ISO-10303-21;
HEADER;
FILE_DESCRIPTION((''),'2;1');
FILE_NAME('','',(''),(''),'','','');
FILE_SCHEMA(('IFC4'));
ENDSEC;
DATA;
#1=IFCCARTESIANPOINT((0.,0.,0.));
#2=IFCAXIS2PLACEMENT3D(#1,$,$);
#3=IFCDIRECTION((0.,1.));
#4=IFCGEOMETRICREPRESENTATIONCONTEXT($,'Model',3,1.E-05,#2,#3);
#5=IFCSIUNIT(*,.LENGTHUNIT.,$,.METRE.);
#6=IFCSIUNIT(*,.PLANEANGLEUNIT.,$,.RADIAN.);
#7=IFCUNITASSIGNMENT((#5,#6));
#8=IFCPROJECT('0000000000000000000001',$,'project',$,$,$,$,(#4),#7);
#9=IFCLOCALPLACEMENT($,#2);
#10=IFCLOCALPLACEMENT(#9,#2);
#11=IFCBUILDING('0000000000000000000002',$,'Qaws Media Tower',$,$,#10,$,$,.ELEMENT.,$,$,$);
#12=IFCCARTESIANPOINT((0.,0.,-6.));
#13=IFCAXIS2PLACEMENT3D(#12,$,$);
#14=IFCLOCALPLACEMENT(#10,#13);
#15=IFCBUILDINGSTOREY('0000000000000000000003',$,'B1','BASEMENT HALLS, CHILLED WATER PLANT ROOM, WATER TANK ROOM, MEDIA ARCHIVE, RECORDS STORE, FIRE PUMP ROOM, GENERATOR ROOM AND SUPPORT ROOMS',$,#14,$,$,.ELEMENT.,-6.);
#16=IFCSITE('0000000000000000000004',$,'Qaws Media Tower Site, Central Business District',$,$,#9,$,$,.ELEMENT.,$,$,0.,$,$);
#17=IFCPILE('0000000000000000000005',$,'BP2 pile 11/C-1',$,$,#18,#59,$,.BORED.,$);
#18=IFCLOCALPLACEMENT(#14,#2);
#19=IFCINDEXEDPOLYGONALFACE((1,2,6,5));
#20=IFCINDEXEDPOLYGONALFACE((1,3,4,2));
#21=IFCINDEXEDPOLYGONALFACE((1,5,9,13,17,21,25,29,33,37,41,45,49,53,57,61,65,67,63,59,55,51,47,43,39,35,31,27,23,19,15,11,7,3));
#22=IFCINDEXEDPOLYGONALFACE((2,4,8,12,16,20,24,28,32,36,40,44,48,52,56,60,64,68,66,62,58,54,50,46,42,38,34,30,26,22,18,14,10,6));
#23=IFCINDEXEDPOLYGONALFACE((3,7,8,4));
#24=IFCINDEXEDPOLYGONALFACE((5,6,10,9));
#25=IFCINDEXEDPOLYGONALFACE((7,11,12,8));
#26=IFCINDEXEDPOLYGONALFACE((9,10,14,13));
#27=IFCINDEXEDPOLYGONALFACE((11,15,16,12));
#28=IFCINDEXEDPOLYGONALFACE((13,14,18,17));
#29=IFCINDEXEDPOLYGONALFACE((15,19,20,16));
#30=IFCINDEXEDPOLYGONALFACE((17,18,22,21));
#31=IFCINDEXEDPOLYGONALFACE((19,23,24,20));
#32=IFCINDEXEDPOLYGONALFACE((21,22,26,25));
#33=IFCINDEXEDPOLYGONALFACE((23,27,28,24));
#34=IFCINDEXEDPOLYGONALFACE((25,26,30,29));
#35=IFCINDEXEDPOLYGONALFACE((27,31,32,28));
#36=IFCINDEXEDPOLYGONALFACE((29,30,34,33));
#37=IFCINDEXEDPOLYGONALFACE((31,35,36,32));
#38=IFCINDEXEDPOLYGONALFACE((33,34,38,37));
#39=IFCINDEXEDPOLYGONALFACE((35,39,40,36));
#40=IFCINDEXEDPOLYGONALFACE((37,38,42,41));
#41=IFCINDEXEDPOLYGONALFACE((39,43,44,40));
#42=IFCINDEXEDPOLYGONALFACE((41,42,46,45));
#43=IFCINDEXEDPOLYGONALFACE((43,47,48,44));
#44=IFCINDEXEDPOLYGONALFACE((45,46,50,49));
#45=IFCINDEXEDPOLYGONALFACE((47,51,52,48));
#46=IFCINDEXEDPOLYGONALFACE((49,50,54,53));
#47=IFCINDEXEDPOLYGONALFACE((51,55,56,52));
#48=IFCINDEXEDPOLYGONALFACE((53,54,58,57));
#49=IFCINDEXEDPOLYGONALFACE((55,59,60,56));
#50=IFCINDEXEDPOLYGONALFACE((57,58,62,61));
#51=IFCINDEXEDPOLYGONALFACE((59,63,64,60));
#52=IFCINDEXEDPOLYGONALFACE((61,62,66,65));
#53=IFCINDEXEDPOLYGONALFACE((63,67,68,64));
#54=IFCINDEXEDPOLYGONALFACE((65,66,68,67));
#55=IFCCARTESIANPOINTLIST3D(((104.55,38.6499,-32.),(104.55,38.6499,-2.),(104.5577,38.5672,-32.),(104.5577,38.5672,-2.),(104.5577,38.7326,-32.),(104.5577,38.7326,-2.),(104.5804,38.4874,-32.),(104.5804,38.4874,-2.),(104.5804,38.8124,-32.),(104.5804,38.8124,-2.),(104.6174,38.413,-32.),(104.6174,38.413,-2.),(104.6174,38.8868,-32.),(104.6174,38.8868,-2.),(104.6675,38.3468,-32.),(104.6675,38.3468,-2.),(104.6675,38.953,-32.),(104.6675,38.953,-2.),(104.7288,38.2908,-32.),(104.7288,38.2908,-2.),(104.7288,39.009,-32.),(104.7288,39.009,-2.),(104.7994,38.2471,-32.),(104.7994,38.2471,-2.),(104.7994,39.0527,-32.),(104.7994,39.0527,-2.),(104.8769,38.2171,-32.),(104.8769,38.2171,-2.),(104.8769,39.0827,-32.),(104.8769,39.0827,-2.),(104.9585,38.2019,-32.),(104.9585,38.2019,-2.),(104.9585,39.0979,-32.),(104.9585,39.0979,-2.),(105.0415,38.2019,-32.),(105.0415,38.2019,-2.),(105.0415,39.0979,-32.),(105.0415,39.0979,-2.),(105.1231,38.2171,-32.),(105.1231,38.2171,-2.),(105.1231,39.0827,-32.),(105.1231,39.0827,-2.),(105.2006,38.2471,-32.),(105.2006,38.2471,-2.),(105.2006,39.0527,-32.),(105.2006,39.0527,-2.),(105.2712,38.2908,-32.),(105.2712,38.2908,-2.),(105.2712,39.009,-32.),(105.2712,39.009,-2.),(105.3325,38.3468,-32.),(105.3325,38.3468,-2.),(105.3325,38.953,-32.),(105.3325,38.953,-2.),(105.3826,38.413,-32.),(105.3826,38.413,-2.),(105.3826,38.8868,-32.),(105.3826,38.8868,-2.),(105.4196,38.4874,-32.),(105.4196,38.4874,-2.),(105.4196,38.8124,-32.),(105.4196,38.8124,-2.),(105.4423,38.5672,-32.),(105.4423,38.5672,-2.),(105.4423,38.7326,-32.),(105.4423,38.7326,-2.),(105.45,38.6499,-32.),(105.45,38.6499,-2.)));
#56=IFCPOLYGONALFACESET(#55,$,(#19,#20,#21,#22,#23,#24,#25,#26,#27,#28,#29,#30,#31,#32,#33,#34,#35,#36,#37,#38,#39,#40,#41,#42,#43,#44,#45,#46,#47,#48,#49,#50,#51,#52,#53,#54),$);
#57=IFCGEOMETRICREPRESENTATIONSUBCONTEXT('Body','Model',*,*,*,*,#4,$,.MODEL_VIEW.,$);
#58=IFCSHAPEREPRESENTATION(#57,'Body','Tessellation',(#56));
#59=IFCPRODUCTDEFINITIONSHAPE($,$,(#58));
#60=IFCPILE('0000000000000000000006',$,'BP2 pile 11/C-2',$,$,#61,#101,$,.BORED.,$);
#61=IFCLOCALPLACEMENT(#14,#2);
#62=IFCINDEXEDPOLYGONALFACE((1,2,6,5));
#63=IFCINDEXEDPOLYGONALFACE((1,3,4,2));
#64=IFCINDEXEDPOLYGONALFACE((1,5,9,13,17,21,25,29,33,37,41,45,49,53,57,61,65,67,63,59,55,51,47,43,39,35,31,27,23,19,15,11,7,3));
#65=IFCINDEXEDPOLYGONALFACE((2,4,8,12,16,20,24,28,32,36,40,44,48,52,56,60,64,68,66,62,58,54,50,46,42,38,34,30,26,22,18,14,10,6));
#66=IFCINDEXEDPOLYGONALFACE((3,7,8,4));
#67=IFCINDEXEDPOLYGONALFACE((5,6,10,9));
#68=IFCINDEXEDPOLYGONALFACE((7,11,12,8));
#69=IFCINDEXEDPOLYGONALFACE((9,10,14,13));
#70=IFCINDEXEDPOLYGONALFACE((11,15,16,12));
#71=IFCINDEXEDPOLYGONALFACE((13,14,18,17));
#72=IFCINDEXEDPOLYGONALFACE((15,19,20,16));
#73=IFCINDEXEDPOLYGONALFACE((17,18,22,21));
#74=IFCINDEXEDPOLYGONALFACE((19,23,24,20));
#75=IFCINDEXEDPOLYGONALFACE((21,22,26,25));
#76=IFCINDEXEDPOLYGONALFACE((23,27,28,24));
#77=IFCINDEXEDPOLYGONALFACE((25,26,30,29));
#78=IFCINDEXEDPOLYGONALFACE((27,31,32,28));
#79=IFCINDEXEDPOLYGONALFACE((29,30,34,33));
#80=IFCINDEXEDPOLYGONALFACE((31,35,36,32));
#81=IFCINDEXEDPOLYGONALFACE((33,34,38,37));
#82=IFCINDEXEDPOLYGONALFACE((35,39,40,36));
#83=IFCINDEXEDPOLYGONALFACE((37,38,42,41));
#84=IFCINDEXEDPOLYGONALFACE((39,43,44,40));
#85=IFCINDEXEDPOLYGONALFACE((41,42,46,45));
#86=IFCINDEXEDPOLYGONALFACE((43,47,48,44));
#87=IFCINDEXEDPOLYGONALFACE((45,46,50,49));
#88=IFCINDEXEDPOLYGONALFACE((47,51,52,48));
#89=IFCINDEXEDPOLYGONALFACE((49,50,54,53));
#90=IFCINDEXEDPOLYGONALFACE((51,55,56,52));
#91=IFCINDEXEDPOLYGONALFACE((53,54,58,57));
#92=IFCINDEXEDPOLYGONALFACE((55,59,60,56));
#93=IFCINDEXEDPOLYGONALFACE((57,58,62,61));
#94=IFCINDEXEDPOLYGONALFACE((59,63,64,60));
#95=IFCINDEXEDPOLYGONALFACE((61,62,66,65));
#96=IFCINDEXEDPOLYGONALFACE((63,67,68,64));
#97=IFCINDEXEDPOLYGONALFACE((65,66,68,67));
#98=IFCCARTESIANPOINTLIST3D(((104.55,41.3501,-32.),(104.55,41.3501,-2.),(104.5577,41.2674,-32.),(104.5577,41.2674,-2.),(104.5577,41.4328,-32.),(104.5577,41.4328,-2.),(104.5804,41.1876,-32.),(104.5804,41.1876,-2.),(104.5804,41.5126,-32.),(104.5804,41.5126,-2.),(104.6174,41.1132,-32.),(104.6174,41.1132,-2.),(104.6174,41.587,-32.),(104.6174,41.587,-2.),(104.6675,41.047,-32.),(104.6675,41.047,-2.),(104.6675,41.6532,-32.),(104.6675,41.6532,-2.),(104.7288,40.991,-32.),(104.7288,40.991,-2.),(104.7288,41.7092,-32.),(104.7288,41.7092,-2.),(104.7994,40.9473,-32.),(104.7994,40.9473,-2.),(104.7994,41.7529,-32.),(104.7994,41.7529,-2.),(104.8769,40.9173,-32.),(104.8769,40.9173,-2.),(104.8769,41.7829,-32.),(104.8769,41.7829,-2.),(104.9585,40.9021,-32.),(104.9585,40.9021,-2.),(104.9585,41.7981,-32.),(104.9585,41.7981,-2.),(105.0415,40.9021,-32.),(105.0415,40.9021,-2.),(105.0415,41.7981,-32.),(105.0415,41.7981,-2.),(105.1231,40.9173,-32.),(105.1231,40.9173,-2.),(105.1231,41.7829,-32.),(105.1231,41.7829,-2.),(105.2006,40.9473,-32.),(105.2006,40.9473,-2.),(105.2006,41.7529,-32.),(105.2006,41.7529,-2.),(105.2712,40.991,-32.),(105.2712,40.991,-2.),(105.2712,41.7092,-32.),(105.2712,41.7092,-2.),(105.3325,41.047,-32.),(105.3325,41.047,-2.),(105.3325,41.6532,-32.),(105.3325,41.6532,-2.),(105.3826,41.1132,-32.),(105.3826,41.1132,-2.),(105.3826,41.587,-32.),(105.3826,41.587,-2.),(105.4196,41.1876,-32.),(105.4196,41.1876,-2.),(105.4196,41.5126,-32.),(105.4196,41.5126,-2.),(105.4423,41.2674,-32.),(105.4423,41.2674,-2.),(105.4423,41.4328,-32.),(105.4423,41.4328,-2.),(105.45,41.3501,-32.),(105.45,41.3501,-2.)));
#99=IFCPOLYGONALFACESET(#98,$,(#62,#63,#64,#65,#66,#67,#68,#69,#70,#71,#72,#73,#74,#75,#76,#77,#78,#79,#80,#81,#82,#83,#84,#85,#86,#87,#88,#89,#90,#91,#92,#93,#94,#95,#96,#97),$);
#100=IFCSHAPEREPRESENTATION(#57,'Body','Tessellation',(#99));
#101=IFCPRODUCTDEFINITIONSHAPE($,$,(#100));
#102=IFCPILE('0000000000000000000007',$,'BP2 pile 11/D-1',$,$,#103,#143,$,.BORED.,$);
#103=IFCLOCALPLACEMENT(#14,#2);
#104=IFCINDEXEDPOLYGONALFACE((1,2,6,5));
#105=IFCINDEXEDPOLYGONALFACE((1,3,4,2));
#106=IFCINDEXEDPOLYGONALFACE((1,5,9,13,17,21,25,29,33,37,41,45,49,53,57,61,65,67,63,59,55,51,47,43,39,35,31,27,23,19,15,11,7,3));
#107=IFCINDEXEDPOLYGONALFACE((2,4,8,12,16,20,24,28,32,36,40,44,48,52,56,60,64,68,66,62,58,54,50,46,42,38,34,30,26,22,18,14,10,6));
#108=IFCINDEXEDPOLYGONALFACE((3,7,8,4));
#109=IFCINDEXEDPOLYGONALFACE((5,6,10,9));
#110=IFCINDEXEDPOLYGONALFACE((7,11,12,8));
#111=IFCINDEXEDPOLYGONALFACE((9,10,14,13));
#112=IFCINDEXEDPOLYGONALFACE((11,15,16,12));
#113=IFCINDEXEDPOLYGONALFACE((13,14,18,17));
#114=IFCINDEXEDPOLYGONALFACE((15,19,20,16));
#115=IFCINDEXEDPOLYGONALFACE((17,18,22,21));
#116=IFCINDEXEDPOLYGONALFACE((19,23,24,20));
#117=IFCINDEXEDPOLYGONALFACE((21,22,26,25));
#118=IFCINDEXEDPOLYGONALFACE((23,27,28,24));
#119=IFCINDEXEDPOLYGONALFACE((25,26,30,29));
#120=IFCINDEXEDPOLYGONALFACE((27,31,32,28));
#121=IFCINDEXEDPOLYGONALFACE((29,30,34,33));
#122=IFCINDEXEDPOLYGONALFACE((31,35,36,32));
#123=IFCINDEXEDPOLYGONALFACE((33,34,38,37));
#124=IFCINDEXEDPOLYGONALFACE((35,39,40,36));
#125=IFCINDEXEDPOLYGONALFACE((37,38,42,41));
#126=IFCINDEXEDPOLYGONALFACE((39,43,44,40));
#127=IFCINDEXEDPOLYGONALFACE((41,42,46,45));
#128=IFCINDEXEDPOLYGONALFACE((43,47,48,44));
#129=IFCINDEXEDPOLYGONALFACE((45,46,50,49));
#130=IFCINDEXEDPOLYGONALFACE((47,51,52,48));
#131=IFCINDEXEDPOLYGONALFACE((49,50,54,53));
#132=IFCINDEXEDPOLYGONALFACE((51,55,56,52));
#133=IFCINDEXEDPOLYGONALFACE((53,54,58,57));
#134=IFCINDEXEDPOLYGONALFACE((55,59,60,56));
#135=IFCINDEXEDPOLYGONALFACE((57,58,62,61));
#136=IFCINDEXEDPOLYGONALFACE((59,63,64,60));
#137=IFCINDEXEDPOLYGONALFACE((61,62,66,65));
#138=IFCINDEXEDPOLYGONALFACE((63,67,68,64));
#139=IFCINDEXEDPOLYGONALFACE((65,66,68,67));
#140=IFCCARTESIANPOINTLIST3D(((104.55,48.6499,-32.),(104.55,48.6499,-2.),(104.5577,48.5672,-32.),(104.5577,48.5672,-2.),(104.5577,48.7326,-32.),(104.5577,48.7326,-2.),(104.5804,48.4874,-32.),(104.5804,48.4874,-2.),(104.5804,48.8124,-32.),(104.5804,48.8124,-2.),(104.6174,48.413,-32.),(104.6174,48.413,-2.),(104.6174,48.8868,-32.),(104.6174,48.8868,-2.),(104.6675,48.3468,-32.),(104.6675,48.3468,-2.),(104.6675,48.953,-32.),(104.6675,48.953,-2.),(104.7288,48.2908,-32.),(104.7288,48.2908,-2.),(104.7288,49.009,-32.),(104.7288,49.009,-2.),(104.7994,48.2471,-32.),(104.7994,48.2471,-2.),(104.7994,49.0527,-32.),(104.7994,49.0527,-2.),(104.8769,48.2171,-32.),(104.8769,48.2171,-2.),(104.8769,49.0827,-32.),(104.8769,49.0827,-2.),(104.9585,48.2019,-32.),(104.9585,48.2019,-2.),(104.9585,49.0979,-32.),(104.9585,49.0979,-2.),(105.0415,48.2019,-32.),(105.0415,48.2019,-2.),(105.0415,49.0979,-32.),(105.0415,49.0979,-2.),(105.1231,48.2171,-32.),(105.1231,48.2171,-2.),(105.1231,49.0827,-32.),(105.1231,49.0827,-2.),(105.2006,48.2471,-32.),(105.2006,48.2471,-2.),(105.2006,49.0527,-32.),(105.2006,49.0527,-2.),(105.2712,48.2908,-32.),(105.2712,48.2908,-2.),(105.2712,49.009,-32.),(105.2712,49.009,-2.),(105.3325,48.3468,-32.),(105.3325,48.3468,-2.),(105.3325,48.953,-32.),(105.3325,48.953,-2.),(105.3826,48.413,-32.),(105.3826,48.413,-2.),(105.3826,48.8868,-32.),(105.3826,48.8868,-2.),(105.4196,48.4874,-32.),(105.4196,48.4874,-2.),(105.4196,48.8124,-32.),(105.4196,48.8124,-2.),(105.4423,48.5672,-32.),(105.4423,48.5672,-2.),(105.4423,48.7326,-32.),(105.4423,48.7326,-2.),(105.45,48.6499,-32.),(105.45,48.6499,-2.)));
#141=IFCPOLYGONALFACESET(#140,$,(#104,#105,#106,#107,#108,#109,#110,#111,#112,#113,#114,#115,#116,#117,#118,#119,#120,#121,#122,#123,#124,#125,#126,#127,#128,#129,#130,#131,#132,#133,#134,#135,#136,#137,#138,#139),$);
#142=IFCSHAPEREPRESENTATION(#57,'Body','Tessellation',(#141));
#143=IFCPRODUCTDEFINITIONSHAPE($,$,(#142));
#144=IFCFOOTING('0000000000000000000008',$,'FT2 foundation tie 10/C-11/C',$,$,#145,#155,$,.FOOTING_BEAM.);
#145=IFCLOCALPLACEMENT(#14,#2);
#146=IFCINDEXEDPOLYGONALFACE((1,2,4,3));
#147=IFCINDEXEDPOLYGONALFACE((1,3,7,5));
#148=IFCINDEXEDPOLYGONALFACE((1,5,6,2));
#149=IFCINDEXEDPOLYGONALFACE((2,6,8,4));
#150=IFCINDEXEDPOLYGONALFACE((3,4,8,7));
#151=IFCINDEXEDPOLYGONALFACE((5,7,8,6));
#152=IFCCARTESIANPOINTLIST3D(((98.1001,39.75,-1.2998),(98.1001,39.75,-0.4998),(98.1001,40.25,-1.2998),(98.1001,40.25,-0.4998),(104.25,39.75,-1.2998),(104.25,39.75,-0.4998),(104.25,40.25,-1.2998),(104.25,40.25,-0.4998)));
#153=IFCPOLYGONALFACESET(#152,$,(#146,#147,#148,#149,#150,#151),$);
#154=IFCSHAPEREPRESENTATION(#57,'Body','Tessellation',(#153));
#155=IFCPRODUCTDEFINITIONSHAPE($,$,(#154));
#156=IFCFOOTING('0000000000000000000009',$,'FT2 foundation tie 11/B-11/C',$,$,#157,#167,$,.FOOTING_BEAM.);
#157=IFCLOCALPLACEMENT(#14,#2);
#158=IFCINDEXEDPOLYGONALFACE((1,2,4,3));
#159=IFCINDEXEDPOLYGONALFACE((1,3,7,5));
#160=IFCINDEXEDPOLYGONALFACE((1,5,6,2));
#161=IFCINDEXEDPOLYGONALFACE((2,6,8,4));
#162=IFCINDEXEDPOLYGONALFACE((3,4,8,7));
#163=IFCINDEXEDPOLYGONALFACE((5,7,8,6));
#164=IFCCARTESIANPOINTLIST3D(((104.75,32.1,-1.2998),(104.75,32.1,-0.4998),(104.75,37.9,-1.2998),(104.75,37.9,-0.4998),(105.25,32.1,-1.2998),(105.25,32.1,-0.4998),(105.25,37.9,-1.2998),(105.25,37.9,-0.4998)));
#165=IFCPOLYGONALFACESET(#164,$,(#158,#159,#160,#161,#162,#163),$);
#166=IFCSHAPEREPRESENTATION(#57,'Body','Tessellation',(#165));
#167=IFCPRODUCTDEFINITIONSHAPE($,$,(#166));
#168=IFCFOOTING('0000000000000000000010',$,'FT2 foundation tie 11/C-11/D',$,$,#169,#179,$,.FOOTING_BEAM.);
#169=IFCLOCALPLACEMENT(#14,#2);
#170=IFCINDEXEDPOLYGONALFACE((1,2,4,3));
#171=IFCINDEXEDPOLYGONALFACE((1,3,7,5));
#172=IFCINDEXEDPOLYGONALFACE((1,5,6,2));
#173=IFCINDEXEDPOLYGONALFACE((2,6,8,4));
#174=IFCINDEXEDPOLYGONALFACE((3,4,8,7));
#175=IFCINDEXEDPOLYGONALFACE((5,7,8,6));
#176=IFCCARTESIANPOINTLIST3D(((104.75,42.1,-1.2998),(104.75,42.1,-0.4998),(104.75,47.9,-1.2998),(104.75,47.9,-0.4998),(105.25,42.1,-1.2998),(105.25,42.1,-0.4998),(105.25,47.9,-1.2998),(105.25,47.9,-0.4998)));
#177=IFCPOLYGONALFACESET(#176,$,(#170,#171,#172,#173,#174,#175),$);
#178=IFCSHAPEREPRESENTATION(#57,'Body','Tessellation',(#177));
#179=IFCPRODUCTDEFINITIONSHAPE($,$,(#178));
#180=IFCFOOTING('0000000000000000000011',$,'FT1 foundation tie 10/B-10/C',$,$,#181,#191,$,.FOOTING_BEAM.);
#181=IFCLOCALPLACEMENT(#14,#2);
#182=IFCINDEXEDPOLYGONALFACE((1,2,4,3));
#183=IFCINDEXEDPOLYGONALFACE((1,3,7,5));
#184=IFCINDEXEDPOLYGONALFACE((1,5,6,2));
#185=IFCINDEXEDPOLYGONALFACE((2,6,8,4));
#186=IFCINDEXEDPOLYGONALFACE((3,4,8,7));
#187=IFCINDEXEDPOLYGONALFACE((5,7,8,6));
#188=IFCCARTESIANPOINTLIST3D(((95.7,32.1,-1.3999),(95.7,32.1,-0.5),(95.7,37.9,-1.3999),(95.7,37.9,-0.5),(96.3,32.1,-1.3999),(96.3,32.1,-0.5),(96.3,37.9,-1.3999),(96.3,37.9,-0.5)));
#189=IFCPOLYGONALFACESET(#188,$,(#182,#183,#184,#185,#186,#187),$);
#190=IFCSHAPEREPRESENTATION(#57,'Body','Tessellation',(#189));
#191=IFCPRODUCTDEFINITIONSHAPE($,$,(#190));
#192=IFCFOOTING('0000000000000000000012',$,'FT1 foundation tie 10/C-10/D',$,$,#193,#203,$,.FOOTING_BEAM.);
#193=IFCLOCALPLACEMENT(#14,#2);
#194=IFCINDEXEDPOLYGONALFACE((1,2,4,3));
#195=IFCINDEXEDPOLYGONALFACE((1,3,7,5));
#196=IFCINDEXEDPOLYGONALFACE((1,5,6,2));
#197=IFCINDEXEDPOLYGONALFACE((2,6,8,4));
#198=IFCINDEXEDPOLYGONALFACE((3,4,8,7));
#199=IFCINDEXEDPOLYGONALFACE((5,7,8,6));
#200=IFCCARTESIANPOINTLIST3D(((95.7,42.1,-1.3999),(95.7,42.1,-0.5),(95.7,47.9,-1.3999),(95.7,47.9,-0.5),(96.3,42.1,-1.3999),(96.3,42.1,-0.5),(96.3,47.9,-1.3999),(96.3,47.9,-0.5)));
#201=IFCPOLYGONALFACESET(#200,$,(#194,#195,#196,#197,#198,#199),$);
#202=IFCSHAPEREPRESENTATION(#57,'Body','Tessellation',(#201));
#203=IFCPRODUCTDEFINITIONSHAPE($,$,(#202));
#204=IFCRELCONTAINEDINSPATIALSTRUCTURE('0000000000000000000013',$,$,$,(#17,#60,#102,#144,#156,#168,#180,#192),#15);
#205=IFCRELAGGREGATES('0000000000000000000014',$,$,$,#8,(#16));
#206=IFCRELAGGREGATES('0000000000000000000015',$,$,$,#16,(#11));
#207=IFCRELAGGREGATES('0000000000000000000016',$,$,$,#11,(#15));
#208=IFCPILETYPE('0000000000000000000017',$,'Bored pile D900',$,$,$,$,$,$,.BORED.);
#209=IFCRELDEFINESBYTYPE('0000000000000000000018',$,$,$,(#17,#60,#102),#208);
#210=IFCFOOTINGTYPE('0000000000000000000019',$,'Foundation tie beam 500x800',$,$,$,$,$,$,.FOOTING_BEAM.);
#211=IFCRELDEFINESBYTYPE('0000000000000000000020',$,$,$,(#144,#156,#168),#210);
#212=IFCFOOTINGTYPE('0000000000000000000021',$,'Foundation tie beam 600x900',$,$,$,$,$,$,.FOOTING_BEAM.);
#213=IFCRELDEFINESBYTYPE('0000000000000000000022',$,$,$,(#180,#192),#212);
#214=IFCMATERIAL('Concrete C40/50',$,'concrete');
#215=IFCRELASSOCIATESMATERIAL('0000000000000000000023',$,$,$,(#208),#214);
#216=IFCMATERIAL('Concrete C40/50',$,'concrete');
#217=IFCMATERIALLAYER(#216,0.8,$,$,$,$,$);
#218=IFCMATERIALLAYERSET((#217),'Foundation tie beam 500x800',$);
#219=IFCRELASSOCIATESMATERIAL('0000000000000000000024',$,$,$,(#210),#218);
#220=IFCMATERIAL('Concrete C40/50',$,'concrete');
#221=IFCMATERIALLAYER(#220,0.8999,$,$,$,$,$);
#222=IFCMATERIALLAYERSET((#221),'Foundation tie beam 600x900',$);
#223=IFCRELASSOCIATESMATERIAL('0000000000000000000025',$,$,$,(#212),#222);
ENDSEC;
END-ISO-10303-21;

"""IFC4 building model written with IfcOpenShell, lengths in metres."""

from ifc_helpers import new_model, si_unit, direction, frame, origin, origin_2d, place, context, subcontext, project, spatial, rectangle, circle, extrude, material, layer, layer_set, material_profile, profile_set, type_object, element, save


model = new_model("IFC4")

# Units and contexts
model_context = context("Model", 3, precision=1e-05, world=origin(), true_north=direction((0.0, 1.0)))
body_context = subcontext(model_context, "Body", "Model", "MODEL_VIEW")
ifc_project = project(units=[si_unit("LENGTHUNIT", "METRE"), si_unit("PLANEANGLEUNIT", "RADIAN")], contexts=[model_context])

# Site, building, storey
site_placement = place(None, origin())
site = spatial("IfcSite", under=ifc_project, at=site_placement, Name="Qaws Media Tower Site, Central Business District", CompositionType="ELEMENT", RefElevation=0.0)
building_placement = place(site_placement, origin())
building = spatial("IfcBuilding", under=site, at=building_placement, Name="Qaws Media Tower", CompositionType="ELEMENT")
storey_placement = place(building_placement, frame((0.0, 0.0, -6.0)))
storey = spatial("IfcBuildingStorey", under=building, at=storey_placement, Name="B1", Description="BASEMENT HALLS, CHILLED WATER PLANT ROOM, WATER TANK ROOM, MEDIA ARCHIVE, RECORDS STORE, FIRE PUMP ROOM, GENERATOR ROOM AND SUPPORT ROOMS", CompositionType="ELEMENT", Elevation=-6.0)

# Piles
ifc_material_1 = material(Name="Concrete C40/50", Category="concrete")
ifc_material_profile_1 = material_profile(ifc_material_1, circle(Radius=0.45, at=origin_2d()), Name="D900")
ifc_profile_set_1 = profile_set([ifc_material_profile_1], Name="Concrete C40/50")
pile_type_1 = type_object("IfcPileType", Name="Bored pile D900", PredefinedType="BORED", material=ifc_profile_set_1)
for number, where, z_axis, x_axis, name in (
    (1, (105.0, 38.6499, -2.0), (0.0, 0.0, -1.0), (1.0, 0.0, 0.0), "BP2 pile 11/C-1"),
    (2, (105.0, 41.3501, -2.0), (0.0, 0.0, -1.0), (1.0, 0.0, 0.0), "BP2 pile 11/C-2"),
    (3, (105.0, 48.6499, -2.0), (0.0, 0.0, -1.0), (1.0, 0.0, 0.0), "BP2 pile 11/D-1"),
):
    element("IfcPile", number, at=place(storey_placement, frame(where, z_axis=z_axis, x_axis=x_axis)), inside=storey, type_object=pile_type_1, Name=name, PredefinedType="BORED", context=body_context, shape_type="SweptSolid", body=[
        extrude(circle(Radius=0.45, at=origin_2d()), origin(), (0.0, 0.0, 1.0), 30.0),
    ])

# Footings
ifc_material_2 = material(Name="Concrete C40/50", Category="concrete")
ifc_layer_1 = layer(ifc_material_2, 0.8)
ifc_layer_set_1 = layer_set([ifc_layer_1], Name="Foundation tie beam 500x800")
footing_type_1 = type_object("IfcFootingType", Name="Foundation tie beam 500x800", PredefinedType="FOOTING_BEAM", material=ifc_layer_set_1)
footing_1_placement = place(storey_placement, frame((101.175, 40.0, -1.2998), z_axis=(0.0, 0.0, 1.0), x_axis=(1.0, 0.0, 0.0)))
element("IfcFooting", 4, at=footing_1_placement, inside=storey, type_object=footing_type_1, Name="FT2 foundation tie 10/C-11/C", PredefinedType="FOOTING_BEAM", context=body_context, shape_type="SweptSolid", body=[
    extrude(rectangle(XDim=6.1499, YDim=0.5, at=origin_2d()), origin(), (0.0, 0.0, 1.0), 0.8),
])
for number, where, z_axis, x_axis, name in (
    (5, (105.0, 35.0, -1.2998), (0.0, 0.0, 1.0), (1.0, 0.0, 0.0), "FT2 foundation tie 11/B-11/C"),
    (6, (105.0, 45.0, -1.2998), (0.0, 0.0, 1.0), (1.0, 0.0, 0.0), "FT2 foundation tie 11/C-11/D"),
):
    element("IfcFooting", number, at=place(storey_placement, frame(where, z_axis=z_axis, x_axis=x_axis)), inside=storey, type_object=footing_type_1, Name=name, PredefinedType="FOOTING_BEAM", context=body_context, shape_type="SweptSolid", body=[
        extrude(rectangle(XDim=0.5, YDim=5.8, at=origin_2d()), origin(), (0.0, 0.0, 1.0), 0.8),
    ])
ifc_material_3 = material(Name="Concrete C40/50", Category="concrete")
ifc_layer_2 = layer(ifc_material_3, 0.8999)
ifc_layer_set_2 = layer_set([ifc_layer_2], Name="Foundation tie beam 600x900")
footing_type_2 = type_object("IfcFootingType", Name="Foundation tie beam 600x900", PredefinedType="FOOTING_BEAM", material=ifc_layer_set_2)
for number, where, z_axis, x_axis, name in (
    (7, (96.0, 35.0, -1.3999), (0.0, 0.0, 1.0), (1.0, 0.0, 0.0), "FT1 foundation tie 10/B-10/C"),
    (8, (96.0, 45.0, -1.3999), (0.0, 0.0, 1.0), (1.0, 0.0, 0.0), "FT1 foundation tie 10/C-10/D"),
):
    element("IfcFooting", number, at=place(storey_placement, frame(where, z_axis=z_axis, x_axis=x_axis)), inside=storey, type_object=footing_type_2, Name=name, PredefinedType="FOOTING_BEAM", context=body_context, shape_type="SweptSolid", body=[
        extrude(rectangle(XDim=0.6001, YDim=5.8, at=origin_2d()), origin(), (0.0, 0.0, 1.0), 0.8999),
    ])

save(model, "model.ifc")
